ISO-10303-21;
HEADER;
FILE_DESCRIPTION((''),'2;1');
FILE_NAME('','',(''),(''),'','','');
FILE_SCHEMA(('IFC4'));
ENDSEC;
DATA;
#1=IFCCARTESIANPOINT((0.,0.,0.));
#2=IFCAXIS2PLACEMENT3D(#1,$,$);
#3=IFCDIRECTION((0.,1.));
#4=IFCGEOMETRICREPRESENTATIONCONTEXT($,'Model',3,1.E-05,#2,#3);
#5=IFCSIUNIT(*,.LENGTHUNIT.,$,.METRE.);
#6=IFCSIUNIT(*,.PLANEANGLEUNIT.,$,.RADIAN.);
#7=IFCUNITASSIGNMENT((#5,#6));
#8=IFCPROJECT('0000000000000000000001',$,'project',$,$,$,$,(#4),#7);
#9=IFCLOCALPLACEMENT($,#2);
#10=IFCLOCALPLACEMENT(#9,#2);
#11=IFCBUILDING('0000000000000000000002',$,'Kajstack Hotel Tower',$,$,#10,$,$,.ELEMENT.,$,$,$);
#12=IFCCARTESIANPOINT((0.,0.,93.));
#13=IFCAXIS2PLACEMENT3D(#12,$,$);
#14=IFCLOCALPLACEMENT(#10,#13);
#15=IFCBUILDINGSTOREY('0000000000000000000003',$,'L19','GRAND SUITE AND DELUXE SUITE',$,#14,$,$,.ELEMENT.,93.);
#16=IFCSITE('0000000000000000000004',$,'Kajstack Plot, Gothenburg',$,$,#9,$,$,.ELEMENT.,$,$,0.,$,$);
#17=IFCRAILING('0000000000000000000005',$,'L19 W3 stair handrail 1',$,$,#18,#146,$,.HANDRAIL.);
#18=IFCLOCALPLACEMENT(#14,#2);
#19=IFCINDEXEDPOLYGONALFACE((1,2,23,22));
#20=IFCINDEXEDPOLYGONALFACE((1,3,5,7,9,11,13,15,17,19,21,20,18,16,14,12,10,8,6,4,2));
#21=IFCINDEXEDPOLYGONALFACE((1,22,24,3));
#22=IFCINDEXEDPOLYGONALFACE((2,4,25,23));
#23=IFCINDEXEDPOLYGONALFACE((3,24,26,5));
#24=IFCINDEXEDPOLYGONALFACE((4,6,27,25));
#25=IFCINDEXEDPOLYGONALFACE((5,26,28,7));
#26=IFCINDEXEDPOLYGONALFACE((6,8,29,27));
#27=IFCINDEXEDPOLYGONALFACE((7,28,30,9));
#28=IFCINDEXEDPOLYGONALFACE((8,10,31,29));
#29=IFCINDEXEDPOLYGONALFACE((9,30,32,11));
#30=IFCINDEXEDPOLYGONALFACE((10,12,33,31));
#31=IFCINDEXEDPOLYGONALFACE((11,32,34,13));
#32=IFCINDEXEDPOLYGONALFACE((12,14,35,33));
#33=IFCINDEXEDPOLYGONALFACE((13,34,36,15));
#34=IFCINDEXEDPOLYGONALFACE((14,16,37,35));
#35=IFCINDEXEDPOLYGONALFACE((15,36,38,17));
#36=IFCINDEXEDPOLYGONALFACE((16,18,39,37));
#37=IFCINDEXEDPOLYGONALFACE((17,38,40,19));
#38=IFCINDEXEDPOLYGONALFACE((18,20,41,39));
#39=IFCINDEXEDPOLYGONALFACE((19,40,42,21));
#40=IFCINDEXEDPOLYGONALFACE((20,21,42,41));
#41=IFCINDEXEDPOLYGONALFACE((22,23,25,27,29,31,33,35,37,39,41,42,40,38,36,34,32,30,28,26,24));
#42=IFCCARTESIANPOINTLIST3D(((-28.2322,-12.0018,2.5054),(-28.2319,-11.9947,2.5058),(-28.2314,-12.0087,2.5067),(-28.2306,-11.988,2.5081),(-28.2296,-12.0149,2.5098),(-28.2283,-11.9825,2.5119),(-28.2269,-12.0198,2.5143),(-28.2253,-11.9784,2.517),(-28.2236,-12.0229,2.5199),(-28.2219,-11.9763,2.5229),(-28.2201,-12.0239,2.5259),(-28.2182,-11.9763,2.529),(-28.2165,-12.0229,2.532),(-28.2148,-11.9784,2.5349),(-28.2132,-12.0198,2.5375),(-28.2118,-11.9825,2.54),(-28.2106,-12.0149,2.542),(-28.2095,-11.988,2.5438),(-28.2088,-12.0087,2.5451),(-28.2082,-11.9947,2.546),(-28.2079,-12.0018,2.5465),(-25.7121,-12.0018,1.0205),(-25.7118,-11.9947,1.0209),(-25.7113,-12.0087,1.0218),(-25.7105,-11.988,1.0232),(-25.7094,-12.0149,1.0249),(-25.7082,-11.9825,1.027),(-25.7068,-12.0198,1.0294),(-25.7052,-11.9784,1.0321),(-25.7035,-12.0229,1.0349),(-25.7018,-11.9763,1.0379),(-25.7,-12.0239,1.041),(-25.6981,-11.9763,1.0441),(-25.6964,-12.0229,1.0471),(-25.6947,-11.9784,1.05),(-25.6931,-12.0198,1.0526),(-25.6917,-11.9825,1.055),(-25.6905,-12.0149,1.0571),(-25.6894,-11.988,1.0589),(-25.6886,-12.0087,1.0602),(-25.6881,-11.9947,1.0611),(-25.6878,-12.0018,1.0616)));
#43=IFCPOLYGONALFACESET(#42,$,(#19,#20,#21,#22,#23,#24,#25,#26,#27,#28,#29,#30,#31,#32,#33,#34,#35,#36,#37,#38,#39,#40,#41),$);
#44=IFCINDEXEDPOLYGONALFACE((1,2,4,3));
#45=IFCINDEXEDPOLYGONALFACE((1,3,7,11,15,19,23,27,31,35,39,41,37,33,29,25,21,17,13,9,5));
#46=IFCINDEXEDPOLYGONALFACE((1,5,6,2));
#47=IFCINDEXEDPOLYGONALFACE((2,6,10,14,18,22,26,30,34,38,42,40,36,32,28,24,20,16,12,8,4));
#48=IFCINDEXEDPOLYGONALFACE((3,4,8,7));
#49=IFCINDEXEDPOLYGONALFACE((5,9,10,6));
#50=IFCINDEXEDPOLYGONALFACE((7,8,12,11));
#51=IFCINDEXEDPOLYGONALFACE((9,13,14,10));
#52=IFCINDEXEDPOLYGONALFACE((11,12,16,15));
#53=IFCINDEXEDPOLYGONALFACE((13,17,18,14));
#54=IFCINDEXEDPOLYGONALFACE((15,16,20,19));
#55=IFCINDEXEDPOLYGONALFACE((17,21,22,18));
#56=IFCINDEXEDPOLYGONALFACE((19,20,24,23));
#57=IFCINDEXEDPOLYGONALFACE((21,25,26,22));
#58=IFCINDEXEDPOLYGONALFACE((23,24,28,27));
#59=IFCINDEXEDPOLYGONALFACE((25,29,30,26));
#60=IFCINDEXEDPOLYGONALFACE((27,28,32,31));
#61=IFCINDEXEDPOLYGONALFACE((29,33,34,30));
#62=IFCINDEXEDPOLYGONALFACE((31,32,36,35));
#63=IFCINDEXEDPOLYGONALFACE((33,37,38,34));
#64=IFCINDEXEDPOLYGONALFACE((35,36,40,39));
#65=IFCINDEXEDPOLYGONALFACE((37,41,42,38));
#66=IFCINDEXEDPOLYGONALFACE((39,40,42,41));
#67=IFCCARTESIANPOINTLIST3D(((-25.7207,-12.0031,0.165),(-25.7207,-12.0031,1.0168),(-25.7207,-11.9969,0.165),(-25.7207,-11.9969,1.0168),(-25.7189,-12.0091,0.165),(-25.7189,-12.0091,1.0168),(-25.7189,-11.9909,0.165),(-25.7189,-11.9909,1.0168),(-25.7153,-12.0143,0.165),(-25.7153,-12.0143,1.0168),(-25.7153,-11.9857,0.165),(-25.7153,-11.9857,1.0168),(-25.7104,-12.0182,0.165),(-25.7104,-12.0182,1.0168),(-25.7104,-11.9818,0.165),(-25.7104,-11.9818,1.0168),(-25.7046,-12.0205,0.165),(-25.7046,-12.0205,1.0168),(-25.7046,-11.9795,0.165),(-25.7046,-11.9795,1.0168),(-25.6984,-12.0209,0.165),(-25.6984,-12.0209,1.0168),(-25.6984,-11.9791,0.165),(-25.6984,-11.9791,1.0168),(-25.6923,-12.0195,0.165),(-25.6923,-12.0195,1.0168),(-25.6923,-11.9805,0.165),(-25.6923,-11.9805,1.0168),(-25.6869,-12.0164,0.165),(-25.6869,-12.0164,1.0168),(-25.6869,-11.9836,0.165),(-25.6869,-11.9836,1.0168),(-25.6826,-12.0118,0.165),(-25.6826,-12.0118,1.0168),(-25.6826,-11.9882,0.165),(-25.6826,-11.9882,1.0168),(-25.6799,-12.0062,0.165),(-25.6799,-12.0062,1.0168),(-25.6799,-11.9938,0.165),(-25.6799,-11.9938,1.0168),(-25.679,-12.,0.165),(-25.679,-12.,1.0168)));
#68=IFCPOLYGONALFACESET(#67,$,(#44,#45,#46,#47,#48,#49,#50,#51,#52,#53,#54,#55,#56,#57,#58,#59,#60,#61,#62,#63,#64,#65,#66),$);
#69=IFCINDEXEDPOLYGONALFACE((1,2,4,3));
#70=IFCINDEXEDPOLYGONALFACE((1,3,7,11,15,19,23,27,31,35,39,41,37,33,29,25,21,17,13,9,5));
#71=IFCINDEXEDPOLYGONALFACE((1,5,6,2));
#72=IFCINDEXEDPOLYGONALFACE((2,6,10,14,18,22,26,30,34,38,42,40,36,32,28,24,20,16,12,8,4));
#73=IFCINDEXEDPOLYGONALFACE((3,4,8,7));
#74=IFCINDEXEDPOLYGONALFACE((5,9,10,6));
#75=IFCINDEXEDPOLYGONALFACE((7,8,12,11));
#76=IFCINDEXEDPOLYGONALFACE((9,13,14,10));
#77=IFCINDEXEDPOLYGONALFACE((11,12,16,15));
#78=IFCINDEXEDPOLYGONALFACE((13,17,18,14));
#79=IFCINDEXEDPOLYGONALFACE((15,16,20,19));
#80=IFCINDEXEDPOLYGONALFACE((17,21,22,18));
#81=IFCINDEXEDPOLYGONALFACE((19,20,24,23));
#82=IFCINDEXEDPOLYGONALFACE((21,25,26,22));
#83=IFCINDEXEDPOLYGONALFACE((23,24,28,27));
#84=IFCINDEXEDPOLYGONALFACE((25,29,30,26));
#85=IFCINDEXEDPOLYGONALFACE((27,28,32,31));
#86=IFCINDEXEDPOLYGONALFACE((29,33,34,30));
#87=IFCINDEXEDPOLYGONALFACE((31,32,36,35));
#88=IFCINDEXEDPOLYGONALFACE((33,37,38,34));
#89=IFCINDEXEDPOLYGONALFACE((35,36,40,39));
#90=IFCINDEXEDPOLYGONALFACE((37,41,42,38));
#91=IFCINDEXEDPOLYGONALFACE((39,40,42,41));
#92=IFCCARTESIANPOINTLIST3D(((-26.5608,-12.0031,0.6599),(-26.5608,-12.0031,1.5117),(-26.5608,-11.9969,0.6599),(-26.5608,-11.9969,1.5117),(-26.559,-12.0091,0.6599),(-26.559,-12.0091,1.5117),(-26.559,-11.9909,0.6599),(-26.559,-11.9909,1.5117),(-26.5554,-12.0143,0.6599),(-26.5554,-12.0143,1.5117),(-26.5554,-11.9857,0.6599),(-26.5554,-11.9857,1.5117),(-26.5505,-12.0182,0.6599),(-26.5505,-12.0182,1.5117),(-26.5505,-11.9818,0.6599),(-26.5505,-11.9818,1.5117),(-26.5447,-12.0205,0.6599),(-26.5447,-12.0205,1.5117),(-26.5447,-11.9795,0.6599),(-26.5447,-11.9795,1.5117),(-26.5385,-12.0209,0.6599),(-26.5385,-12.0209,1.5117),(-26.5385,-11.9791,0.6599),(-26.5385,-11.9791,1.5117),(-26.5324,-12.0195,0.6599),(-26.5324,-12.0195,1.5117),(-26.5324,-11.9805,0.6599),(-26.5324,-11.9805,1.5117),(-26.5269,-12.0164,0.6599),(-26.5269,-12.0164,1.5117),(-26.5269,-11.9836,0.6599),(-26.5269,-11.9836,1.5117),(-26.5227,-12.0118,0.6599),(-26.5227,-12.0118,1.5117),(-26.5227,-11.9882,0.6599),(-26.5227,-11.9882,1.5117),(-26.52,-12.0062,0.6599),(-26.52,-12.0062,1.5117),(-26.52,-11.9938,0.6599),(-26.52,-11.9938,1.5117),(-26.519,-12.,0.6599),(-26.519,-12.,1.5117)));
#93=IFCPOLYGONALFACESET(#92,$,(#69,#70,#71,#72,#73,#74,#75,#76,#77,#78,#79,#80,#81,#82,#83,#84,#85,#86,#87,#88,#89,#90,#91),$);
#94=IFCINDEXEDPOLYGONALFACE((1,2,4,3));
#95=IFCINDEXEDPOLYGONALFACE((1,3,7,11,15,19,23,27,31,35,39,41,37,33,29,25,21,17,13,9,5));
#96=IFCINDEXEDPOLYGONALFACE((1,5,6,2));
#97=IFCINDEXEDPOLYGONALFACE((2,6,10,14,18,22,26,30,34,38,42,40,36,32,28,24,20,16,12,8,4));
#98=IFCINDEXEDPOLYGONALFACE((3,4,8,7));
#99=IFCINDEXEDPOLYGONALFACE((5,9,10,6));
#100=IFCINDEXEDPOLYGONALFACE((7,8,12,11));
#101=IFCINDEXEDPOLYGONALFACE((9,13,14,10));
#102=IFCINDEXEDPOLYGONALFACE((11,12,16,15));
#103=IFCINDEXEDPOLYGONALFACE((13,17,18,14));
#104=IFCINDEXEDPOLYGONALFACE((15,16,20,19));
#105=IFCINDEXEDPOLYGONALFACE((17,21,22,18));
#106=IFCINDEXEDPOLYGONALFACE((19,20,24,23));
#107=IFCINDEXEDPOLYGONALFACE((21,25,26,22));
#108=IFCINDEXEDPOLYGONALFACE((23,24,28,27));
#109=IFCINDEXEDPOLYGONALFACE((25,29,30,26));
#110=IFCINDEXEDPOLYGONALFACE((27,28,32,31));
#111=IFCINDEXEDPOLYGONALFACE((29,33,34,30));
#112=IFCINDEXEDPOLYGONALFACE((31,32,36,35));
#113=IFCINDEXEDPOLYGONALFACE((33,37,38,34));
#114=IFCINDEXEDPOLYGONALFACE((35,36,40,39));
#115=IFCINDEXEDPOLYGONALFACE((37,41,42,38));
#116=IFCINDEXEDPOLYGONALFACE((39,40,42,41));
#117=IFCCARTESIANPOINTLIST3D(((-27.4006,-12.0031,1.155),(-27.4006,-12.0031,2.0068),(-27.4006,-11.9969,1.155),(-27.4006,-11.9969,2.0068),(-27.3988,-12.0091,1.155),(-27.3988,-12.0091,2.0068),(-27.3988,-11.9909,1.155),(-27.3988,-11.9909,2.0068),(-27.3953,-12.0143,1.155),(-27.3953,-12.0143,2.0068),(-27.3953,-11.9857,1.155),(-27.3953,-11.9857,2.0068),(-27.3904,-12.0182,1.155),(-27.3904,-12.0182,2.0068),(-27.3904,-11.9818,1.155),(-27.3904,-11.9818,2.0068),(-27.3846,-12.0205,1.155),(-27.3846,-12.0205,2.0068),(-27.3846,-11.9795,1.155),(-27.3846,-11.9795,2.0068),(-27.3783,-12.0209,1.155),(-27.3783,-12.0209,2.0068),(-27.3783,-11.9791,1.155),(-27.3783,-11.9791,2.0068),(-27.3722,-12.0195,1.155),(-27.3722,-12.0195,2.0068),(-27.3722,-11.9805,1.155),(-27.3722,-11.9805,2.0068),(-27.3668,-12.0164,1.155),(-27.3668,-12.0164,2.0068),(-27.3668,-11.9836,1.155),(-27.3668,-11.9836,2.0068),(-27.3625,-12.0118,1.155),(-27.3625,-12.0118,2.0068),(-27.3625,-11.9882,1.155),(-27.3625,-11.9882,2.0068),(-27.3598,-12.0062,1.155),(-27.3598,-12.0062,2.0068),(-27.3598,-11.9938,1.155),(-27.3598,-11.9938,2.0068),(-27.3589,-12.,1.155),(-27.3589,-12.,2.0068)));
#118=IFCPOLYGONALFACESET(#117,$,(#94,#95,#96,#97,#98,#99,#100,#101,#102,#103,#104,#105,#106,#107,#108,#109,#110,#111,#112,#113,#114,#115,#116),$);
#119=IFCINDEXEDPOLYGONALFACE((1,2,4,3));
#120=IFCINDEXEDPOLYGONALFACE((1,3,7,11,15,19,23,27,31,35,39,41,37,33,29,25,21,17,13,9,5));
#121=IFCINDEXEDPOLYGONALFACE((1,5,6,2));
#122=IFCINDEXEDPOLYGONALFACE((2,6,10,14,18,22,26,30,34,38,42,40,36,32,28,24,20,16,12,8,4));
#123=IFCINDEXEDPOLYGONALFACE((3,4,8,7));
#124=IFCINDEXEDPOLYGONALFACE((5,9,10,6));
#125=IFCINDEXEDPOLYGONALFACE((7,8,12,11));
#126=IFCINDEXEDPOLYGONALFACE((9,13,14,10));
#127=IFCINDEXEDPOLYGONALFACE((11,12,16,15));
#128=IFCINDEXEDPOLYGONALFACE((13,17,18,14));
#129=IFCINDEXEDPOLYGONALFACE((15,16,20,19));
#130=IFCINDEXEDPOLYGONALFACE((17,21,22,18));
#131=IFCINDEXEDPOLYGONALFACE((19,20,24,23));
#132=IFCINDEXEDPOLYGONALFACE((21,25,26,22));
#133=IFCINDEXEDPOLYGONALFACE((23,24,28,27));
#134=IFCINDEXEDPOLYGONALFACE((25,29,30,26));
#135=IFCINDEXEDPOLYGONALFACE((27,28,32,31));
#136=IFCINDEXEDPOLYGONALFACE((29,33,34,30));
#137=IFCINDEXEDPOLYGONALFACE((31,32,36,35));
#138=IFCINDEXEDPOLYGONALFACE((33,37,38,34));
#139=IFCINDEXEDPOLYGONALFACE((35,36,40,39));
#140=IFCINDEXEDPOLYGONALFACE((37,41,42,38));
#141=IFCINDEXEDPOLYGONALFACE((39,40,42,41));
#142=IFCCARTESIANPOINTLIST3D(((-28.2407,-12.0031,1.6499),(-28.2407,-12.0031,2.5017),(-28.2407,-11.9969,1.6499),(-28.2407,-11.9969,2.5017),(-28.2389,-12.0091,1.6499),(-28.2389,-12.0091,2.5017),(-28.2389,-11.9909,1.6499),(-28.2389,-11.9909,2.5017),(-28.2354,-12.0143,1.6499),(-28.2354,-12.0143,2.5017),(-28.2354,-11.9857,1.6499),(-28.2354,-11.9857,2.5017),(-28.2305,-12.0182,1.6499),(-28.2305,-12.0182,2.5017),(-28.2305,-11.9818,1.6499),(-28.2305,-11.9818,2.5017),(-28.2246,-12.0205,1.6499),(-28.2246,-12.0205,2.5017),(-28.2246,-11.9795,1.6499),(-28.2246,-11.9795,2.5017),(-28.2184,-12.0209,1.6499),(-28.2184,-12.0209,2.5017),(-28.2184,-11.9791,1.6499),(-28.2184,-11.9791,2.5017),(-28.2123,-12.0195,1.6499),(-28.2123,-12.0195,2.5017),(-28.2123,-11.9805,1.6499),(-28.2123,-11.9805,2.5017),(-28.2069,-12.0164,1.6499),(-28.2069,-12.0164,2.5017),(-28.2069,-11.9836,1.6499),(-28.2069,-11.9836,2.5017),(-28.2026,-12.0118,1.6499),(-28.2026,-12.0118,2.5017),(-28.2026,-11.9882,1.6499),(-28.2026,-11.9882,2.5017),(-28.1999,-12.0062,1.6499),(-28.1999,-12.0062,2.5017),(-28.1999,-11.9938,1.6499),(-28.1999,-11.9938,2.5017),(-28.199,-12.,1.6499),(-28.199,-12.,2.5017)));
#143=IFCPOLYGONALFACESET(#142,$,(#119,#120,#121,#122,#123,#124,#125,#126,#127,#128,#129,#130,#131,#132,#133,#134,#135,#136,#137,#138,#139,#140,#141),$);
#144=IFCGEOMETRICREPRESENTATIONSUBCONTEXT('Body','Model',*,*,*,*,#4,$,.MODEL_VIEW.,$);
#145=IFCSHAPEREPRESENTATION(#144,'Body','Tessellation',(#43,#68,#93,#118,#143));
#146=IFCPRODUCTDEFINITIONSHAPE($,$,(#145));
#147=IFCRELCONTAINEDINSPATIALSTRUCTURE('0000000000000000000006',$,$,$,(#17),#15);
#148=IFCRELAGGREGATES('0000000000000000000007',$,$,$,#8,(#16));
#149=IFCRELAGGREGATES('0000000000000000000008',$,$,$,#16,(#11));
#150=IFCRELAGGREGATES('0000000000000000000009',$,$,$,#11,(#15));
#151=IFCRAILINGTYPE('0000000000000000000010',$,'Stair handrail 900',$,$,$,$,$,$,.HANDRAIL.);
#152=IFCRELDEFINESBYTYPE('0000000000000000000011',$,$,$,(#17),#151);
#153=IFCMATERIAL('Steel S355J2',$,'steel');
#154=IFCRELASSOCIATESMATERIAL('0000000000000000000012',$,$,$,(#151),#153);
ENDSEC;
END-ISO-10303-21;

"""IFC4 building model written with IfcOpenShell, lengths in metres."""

from ifc_helpers import new_model, si_unit, direction, frame, origin, origin_2d, place, context, subcontext, project, spatial, circle, extrude, material, type_object, element, save


model = new_model("IFC4")

# Units and contexts
model_context = context("Model", 3, precision=1e-05, world=origin(), true_north=direction((0.0, 1.0)))
body_context = subcontext(model_context, "Body", "Model", "MODEL_VIEW")
ifc_project = project(units=[si_unit("LENGTHUNIT", "METRE"), si_unit("PLANEANGLEUNIT", "RADIAN")], contexts=[model_context])

# Site, building, storey
site_placement = place(None, origin())
site = spatial("IfcSite", under=ifc_project, at=site_placement, Name="Kajstack Plot, Gothenburg", CompositionType="ELEMENT", RefElevation=0.0)
building_placement = place(site_placement, origin())
building = spatial("IfcBuilding", under=site, at=building_placement, Name="Kajstack Hotel Tower", CompositionType="ELEMENT")
storey_placement = place(building_placement, frame((0.0, 0.0, 93.0)))
storey = spatial("IfcBuildingStorey", under=building, at=storey_placement, Name="L19", Description="GRAND SUITE AND DELUXE SUITE", CompositionType="ELEMENT", Elevation=93.0)

# Railing
ifc_material_1 = material(Name="Steel S355J2", Category="steel")
railing_type = type_object("IfcRailingType", Name="Stair handrail 900", PredefinedType="HANDRAIL", material=ifc_material_1)
railing_1_placement = place(storey_placement, frame((-25.7, -12.0, 0.165)))
element("IfcRailing", 1, at=railing_1_placement, inside=storey, type_object=railing_type, Name="L19 W3 stair handrail 1", PredefinedType="HANDRAIL", context=body_context, shape_type="SweptSolid", body=[
    extrude(circle(Radius=0.0239, at=origin_2d()), frame((0.0, 0.0, 0.876), z_axis=(-0.861561, 0.0, 0.507655), x_axis=(0.0, -1.0, 0.0)), (0.0, 0.0, 1.0), 2.925),
    extrude(circle(Radius=0.021, at=origin_2d()), origin(), (0.0, 0.0, 1.0), 0.8518),
    extrude(circle(Radius=0.021, at=origin_2d()), frame((-0.8401, 0.0, 0.4949)), (0.0, 0.0, 1.0), 0.8518),
    extrude(circle(Radius=0.021, at=origin_2d()), frame((-1.6799, 0.0, 0.99)), (0.0, 0.0, 1.0), 0.8518),
    extrude(circle(Radius=0.021, at=origin_2d()), frame((-2.52, 0.0, 1.4849)), (0.0, 0.0, 1.0), 0.8518),
])

save(model, "model.ifc")
